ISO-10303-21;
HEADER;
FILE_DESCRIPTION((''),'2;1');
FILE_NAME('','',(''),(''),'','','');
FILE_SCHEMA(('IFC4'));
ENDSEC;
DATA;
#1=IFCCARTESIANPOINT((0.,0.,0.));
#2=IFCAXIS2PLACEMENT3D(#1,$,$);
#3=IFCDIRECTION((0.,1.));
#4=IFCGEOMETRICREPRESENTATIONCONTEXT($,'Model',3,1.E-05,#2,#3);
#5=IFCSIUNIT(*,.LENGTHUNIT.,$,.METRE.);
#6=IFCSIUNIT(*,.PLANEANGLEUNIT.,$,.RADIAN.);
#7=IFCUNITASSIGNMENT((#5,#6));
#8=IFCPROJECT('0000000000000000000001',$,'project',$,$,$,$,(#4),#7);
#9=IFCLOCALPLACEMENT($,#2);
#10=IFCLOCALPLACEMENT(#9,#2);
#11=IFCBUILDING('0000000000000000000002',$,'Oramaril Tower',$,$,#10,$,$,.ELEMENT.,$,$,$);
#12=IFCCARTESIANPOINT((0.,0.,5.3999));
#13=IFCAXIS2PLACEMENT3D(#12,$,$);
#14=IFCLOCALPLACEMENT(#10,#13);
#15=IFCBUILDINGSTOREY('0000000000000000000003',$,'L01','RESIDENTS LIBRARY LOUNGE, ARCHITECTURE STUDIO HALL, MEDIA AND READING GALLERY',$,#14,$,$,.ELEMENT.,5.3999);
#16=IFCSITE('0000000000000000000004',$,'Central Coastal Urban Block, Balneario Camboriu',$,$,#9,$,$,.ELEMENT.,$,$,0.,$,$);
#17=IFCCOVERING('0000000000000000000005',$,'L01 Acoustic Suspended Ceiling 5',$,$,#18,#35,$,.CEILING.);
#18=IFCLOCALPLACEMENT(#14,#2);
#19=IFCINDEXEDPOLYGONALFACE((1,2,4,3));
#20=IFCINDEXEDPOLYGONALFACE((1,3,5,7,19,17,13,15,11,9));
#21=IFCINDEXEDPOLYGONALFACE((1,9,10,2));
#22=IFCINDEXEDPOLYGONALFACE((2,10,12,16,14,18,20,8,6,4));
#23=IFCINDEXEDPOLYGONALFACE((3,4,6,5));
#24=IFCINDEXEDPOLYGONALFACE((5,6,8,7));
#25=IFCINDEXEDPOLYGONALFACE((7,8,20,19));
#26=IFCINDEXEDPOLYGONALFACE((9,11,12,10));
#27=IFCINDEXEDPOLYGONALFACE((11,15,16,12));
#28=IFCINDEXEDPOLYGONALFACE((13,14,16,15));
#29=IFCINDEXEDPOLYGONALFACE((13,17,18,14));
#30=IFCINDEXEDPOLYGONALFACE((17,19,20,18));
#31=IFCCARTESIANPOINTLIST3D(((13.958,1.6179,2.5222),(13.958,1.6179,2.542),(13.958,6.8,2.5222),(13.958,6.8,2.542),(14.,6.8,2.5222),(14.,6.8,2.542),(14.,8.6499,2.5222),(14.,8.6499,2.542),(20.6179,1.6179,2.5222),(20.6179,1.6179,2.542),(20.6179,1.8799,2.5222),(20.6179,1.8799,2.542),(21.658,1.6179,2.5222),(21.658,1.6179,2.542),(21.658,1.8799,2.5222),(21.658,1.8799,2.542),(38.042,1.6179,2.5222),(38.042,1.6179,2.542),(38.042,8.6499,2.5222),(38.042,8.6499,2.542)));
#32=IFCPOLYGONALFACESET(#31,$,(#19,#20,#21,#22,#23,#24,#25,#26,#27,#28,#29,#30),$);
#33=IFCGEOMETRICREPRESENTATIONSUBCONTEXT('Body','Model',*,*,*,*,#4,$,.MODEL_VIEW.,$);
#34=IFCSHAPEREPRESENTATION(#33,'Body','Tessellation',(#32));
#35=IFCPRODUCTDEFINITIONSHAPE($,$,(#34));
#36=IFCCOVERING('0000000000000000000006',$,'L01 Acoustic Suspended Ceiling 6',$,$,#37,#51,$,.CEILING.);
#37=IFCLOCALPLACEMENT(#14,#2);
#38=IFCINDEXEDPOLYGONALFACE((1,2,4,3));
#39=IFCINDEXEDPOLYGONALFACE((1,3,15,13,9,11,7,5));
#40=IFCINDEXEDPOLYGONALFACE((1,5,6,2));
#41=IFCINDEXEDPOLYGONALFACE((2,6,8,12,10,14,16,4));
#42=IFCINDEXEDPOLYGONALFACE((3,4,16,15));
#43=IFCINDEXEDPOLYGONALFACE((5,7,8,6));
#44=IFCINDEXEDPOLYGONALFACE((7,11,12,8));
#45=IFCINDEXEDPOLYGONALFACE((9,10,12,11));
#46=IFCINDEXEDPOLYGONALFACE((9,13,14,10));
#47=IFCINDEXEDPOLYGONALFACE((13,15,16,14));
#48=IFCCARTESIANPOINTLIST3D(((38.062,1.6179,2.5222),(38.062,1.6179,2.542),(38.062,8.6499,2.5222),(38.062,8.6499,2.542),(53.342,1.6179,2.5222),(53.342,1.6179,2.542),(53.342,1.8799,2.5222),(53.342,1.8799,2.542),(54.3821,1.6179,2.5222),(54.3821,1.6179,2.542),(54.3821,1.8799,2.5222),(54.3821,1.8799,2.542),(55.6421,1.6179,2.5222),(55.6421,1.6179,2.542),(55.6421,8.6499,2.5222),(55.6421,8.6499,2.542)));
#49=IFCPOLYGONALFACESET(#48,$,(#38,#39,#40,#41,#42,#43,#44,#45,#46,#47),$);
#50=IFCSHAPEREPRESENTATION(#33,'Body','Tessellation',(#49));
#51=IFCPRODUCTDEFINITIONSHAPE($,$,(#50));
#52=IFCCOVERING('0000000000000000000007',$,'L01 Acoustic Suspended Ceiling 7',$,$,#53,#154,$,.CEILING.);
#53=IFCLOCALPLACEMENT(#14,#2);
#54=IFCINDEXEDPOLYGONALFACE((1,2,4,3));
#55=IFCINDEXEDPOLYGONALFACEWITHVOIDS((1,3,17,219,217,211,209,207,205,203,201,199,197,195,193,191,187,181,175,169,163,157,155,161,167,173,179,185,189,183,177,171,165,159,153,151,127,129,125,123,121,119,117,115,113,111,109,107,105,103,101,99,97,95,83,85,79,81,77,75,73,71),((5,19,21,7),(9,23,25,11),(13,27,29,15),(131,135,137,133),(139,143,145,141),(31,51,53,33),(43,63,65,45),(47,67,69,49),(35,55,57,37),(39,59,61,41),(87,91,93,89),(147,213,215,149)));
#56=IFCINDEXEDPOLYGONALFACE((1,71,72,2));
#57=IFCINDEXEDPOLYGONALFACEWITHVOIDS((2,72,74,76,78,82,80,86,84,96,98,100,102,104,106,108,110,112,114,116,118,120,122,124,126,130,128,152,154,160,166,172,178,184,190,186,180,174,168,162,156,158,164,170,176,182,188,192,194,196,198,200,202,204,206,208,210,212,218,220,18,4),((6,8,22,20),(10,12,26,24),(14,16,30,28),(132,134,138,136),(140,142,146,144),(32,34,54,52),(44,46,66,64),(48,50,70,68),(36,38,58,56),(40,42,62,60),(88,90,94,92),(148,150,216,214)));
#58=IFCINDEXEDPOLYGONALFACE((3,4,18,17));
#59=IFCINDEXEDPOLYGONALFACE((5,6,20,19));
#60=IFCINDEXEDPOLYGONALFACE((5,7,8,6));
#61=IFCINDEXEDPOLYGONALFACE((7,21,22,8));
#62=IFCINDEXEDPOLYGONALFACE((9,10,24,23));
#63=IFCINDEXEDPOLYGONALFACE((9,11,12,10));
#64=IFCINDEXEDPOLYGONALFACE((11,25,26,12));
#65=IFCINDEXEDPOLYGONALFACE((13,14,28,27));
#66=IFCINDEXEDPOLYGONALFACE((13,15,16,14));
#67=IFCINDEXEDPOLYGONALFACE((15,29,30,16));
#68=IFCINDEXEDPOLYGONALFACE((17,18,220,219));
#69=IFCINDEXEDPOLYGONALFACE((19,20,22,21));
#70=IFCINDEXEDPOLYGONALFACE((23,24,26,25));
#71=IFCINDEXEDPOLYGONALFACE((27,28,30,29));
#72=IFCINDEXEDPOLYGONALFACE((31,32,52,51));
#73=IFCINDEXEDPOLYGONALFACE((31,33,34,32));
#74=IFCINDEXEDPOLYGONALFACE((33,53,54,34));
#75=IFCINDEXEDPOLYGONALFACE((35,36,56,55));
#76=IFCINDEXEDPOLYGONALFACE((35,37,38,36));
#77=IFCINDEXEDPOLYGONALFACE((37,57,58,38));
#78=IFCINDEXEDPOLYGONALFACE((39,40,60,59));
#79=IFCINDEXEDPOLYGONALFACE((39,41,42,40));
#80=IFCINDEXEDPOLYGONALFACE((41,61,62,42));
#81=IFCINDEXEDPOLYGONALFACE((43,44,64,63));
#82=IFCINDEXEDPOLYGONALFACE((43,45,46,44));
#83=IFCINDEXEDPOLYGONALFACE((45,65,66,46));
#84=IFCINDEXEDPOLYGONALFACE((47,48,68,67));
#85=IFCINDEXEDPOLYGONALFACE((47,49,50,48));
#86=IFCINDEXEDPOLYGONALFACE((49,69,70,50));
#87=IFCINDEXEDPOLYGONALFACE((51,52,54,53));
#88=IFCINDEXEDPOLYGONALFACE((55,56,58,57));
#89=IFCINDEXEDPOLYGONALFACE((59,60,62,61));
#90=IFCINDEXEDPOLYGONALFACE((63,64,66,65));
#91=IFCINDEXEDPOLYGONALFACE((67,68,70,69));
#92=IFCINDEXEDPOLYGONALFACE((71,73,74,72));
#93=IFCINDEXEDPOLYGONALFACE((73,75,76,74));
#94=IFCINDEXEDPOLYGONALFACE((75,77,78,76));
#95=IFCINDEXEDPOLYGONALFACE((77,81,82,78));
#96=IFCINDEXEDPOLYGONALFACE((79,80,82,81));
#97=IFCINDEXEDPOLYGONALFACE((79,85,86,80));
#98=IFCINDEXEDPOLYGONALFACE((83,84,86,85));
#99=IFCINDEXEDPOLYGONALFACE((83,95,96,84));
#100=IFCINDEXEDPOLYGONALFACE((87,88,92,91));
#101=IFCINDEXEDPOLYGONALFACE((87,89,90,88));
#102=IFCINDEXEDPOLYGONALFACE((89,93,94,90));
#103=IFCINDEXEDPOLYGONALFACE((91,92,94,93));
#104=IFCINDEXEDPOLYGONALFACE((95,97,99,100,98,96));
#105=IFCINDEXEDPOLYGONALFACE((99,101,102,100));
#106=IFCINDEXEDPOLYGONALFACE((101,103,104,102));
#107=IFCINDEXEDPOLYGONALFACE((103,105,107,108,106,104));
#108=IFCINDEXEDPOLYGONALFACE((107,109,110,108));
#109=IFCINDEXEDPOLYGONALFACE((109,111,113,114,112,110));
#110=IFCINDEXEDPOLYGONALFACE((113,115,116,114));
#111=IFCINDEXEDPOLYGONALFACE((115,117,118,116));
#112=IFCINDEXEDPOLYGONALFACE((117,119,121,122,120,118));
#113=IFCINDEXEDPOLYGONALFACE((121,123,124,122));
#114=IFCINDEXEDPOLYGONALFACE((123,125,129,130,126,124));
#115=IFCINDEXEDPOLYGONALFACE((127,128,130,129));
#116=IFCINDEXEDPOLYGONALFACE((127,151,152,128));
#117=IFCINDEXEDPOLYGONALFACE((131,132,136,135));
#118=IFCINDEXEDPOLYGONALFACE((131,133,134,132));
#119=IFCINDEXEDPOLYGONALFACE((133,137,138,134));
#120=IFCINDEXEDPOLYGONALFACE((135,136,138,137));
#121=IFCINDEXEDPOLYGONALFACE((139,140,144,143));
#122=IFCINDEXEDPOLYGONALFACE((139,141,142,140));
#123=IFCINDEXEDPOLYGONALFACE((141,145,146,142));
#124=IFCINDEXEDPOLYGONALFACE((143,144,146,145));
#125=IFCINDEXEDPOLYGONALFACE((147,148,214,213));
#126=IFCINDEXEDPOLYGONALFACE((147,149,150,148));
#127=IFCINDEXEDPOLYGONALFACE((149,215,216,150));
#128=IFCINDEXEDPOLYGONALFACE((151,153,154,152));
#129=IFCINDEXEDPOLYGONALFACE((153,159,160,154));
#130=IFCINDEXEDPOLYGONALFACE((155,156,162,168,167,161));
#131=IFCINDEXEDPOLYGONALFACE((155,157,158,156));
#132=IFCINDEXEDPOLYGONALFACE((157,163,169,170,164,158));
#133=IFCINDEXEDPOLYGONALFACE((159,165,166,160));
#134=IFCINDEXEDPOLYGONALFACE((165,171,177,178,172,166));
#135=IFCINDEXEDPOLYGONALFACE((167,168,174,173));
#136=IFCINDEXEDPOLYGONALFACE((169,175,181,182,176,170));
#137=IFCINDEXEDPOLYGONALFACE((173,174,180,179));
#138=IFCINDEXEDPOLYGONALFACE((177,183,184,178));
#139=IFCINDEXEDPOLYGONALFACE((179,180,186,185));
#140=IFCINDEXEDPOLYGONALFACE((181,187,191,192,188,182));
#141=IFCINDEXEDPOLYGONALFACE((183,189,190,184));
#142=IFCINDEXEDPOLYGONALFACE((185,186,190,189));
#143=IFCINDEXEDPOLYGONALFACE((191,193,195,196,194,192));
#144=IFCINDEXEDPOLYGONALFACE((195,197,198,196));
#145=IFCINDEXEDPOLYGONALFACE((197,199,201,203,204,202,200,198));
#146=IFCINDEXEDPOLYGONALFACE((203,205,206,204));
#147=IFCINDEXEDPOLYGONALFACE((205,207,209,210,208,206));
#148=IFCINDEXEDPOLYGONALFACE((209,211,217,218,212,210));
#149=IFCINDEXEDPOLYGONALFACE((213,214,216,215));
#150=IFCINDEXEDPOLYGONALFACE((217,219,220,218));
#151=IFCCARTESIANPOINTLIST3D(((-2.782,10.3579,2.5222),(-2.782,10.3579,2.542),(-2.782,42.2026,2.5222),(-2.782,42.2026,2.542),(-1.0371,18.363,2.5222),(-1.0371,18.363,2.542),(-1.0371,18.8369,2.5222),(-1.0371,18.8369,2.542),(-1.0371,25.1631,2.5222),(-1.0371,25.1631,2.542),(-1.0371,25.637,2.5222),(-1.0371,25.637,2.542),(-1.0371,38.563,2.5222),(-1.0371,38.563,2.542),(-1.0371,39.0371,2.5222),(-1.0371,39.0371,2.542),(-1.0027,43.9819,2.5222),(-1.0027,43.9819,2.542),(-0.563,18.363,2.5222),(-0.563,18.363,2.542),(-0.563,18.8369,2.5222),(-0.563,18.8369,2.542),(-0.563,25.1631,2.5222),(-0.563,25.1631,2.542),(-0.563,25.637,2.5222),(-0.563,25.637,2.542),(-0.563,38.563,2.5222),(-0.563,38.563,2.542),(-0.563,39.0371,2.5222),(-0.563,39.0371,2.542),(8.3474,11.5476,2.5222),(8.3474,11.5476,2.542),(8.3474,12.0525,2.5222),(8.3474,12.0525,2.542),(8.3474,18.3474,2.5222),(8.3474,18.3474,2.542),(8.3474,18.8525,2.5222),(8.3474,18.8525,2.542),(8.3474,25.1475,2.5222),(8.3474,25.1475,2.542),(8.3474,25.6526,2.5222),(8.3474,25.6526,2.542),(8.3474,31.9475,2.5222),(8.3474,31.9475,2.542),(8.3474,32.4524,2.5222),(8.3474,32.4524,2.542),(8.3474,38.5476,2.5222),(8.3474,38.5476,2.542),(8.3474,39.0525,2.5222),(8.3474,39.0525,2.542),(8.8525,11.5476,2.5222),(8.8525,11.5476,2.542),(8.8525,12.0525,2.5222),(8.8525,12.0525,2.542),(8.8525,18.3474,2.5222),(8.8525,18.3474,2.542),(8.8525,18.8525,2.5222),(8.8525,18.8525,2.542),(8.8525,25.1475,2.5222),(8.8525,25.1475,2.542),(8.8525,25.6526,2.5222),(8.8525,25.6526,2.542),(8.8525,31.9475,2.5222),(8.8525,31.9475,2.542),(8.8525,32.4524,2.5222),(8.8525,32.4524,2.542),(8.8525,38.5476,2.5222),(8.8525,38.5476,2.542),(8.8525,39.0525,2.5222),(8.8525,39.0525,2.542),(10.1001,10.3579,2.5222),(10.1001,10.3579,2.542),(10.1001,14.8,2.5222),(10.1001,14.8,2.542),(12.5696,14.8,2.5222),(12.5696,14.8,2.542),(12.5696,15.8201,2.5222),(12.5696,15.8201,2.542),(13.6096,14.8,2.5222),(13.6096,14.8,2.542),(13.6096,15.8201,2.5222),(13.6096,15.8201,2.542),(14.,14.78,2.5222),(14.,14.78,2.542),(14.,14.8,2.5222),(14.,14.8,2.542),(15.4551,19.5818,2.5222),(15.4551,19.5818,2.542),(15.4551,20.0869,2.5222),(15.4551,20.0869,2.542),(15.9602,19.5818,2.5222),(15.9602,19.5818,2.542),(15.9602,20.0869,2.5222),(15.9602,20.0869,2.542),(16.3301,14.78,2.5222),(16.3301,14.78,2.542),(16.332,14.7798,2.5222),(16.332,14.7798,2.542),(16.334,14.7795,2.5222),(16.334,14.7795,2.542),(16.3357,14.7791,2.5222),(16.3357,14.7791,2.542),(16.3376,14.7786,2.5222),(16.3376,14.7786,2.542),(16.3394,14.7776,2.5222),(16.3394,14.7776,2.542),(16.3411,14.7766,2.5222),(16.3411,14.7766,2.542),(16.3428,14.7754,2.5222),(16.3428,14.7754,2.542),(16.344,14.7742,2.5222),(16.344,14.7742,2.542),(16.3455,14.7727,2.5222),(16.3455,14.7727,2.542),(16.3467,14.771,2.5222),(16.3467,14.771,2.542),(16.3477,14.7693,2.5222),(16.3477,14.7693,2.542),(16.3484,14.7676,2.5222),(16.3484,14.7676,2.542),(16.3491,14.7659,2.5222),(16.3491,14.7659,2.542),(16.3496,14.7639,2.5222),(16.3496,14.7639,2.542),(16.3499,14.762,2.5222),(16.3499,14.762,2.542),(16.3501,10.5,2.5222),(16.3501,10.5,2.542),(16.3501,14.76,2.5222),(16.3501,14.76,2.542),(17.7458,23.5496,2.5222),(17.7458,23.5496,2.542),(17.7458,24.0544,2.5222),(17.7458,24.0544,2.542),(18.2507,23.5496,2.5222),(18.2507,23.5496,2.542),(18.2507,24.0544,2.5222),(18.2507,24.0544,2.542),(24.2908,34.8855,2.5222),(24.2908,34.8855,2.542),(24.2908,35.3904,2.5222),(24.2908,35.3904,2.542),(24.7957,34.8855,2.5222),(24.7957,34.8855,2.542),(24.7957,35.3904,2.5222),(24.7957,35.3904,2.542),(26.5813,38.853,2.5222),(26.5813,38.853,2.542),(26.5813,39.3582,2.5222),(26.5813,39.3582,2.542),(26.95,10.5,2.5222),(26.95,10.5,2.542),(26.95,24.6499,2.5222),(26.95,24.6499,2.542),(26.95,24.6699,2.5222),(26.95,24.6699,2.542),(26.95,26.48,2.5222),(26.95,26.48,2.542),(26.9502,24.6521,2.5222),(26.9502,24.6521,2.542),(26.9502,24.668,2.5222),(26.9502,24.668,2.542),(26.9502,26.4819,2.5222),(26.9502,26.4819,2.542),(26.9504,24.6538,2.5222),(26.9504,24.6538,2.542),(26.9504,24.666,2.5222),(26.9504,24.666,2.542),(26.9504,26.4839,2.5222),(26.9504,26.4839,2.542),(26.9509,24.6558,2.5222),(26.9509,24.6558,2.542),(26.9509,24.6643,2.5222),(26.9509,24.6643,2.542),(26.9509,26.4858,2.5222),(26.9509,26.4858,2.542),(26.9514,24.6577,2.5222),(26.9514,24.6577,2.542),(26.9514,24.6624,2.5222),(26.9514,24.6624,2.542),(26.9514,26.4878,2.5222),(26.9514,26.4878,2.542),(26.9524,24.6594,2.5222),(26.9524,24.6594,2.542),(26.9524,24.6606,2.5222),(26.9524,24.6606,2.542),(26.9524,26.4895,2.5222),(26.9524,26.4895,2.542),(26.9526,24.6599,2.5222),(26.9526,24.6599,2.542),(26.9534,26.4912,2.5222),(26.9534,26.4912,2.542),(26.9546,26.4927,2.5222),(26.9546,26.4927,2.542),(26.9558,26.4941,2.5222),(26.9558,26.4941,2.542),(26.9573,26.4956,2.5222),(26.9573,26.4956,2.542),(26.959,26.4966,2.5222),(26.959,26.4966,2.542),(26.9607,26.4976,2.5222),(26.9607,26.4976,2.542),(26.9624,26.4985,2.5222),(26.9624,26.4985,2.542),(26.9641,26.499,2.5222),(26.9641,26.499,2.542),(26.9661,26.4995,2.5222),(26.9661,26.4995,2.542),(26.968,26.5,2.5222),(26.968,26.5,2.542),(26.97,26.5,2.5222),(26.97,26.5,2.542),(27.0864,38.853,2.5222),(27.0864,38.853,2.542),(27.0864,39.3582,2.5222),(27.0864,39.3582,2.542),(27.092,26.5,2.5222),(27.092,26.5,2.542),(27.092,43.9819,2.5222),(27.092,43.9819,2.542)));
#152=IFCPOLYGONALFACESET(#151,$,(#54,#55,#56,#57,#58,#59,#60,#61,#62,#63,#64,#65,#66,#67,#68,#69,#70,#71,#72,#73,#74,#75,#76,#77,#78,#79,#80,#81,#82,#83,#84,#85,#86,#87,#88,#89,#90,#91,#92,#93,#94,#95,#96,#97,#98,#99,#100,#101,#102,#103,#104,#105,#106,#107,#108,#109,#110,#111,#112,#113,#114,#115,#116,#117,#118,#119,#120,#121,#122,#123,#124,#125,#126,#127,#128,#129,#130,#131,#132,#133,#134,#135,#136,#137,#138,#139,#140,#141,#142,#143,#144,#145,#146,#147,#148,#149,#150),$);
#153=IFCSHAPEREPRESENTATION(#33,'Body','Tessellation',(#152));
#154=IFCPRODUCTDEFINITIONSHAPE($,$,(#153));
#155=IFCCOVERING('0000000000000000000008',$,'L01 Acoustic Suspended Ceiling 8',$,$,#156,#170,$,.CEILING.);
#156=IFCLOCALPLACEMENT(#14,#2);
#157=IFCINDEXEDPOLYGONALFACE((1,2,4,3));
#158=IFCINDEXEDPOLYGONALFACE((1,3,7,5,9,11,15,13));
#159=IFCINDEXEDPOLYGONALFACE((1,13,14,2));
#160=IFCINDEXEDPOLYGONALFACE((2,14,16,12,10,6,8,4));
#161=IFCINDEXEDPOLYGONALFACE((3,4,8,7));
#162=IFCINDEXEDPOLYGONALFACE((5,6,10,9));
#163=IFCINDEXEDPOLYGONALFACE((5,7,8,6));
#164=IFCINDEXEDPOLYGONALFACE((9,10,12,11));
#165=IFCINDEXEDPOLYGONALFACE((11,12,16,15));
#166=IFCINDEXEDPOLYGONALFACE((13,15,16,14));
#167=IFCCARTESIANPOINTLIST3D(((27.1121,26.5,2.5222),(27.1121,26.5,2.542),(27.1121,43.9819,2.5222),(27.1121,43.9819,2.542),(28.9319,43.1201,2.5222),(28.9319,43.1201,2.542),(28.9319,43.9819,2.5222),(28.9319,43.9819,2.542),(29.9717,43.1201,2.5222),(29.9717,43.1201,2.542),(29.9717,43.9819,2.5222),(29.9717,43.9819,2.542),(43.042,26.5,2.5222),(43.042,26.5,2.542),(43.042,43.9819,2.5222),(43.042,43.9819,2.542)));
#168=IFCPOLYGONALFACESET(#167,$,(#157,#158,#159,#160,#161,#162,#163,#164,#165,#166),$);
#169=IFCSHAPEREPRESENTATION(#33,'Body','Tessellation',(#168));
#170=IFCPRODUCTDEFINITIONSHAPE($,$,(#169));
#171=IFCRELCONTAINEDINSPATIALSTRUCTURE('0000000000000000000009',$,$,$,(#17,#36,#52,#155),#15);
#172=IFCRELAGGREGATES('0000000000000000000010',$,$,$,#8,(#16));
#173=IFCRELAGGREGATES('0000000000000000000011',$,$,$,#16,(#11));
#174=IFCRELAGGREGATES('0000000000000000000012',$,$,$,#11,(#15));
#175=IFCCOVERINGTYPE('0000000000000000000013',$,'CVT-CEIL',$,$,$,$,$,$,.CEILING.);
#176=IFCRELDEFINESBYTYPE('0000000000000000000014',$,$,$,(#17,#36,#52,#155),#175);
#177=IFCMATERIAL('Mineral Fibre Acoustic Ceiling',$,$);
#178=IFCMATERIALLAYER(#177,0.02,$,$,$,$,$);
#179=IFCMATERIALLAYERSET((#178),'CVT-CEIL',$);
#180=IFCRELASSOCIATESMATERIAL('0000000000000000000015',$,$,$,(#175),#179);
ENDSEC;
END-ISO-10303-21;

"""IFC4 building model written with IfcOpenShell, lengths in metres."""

from ifc_helpers import new_model, si_unit, direction, frame, origin, place, context, subcontext, project, spatial, polyline, outline, extrude, material, layer, layer_set, type_object, element, save


model = new_model("IFC4")

# Units and contexts
model_context = context("Model", 3, precision=1e-05, world=origin(), true_north=direction((0.0, 1.0)))
body_context = subcontext(model_context, "Body", "Model", "MODEL_VIEW")
ifc_project = project(units=[si_unit("LENGTHUNIT", "METRE"), si_unit("PLANEANGLEUNIT", "RADIAN")], contexts=[model_context])

# Site, building, storey
site_placement = place(None, origin())
site = spatial("IfcSite", under=ifc_project, at=site_placement, Name="Central Coastal Urban Block, Balneario Camboriu", CompositionType="ELEMENT", RefElevation=0.0)
building_placement = place(site_placement, origin())
building = spatial("IfcBuilding", under=site, at=building_placement, Name="Oramaril Tower", CompositionType="ELEMENT")
storey_placement = place(building_placement, frame((0.0, 0.0, 5.3999)))
storey = spatial("IfcBuildingStorey", under=building, at=storey_placement, Name="L01", Description="RESIDENTS LIBRARY LOUNGE, ARCHITECTURE STUDIO HALL, MEDIA AND READING GALLERY", CompositionType="ELEMENT", Elevation=5.3999)

# Coverings
ifc_material_1 = material(Name="Mineral Fibre Acoustic Ceiling")
ifc_layer_1 = layer(ifc_material_1, 0.02)
ifc_layer_set_1 = layer_set([ifc_layer_1], Name="CVT-CEIL")
covering_type_1 = type_object("IfcCoveringType", Name="CVT-CEIL", PredefinedType="CEILING", material=ifc_layer_set_1)
covering_1_placement = place(storey_placement, frame((0.0, 0.0, 2.5222)))
element("IfcCovering", 1, at=covering_1_placement, inside=storey, type_object=covering_type_1, Name="L01 Acoustic Suspended Ceiling 5", PredefinedType="CEILING", context=body_context, shape_type="SweptSolid", body=[
    extrude(outline(polyline([(14.0, 6.8), (14.0, 8.6499), (38.042, 8.6499), (38.042, 1.6179), (21.658, 1.6179), (21.658, 1.8799), (20.6179, 1.8799), (20.6179, 1.6179), (13.958, 1.6179), (13.958, 6.8), (14.0, 6.8)])), origin(), (0.0, 0.0, 1.0), 0.0198),
])
covering_2_placement = place(storey_placement, frame((0.0, 0.0, 2.5222)))
element("IfcCovering", 2, at=covering_2_placement, inside=storey, type_object=covering_type_1, Name="L01 Acoustic Suspended Ceiling 6", PredefinedType="CEILING", context=body_context, shape_type="SweptSolid", body=[
    extrude(outline(polyline([(55.6421, 1.6179), (54.3821, 1.6179), (54.3821, 1.8799), (53.342, 1.8799), (53.342, 1.6179), (38.062, 1.6179), (38.062, 8.6499), (55.6421, 8.6499), (55.6421, 1.6179)])), origin(), (0.0, 0.0, 1.0), 0.0198),
])
covering_3_placement = place(storey_placement, frame((0.0, 0.0, 2.5222)))
element("IfcCovering", 3, at=covering_3_placement, inside=storey, type_object=covering_type_1, Name="L01 Acoustic Suspended Ceiling 7", PredefinedType="CEILING", context=body_context, shape_type="SweptSolid", body=[
    extrude(outline(polyline([(14.0, 14.8), (13.6096, 14.8), (13.6096, 15.8201), (12.5696, 15.8201), (12.5696, 14.8), (10.1001, 14.8), (10.1001, 10.3579), (-2.782, 10.3579), (-2.782, 42.2026), (-1.0027, 43.9819), (27.092, 43.9819), (27.092, 26.5), (26.97, 26.5), (26.968, 26.5), (26.9661, 26.4995), (26.9641, 26.499), (26.9624, 26.4985), (26.9607, 26.4976), (26.959, 26.4966), (26.9573, 26.4956), (26.9558, 26.4941), (26.9546, 26.4927), (26.9534, 26.4912), (26.9524, 26.4895), (26.9514, 26.4878), (26.9509, 26.4858), (26.9504, 26.4839), (26.9502, 26.4819), (26.95, 26.48), (26.95, 24.6699), (26.9502, 24.668), (26.9504, 24.666), (26.9509, 24.6643), (26.9514, 24.6624), (26.9524, 24.6606), (26.9526, 24.6599), (26.9524, 24.6594), (26.9514, 24.6577), (26.9509, 24.6558), (26.9504, 24.6538), (26.9502, 24.6521), (26.95, 24.6499), (26.95, 10.5), (16.3501, 10.5), (16.3501, 14.76), (16.3499, 14.762), (16.3496, 14.7639), (16.3491, 14.7659), (16.3484, 14.7676), (16.3477, 14.7693), (16.3467, 14.771), (16.3455, 14.7727), (16.344, 14.7742), (16.3428, 14.7754), (16.3411, 14.7766), (16.3394, 14.7776), (16.3376, 14.7786), (16.3357, 14.7791), (16.334, 14.7795), (16.332, 14.7798), (16.3301, 14.78), (14.0, 14.78), (14.0, 14.8)]), holes=[polyline([(8.8525, 11.5476), (8.8525, 12.0525), (8.3474, 12.0525), (8.3474, 11.5476), (8.8525, 11.5476)]), polyline([(-0.563, 18.363), (-0.563, 18.8369), (-1.0371, 18.8369), (-1.0371, 18.363), (-0.563, 18.363)]), polyline([(8.8525, 18.3474), (8.8525, 18.8525), (8.3474, 18.8525), (8.3474, 18.3474), (8.8525, 18.3474)]), polyline([(15.9602, 20.0869), (15.4551, 20.0869), (15.4551, 19.5818), (15.9602, 19.5818), (15.9602, 20.0869)]), polyline([(18.2507, 23.5496), (18.2507, 24.0544), (17.7458, 24.0544), (17.7458, 23.5496), (18.2507, 23.5496)]), polyline([(-0.563, 25.1631), (-0.563, 25.637), (-1.0371, 25.637), (-1.0371, 25.1631), (-0.563, 25.1631)]), polyline([(8.8525, 25.6526), (8.3474, 25.6526), (8.3474, 25.1475), (8.8525, 25.1475), (8.8525, 25.6526)]), polyline([(8.8525, 31.9475), (8.8525, 32.4524), (8.3474, 32.4524), (8.3474, 31.9475), (8.8525, 31.9475)]), polyline([(24.7957, 34.8855), (24.7957, 35.3904), (24.2908, 35.3904), (24.2908, 34.8855), (24.7957, 34.8855)]), polyline([(8.8525, 39.0525), (8.3474, 39.0525), (8.3474, 38.5476), (8.8525, 38.5476), (8.8525, 39.0525)]), polyline([(-0.563, 38.563), (-0.563, 39.0371), (-1.0371, 39.0371), (-1.0371, 38.563), (-0.563, 38.563)]), polyline([(27.0864, 38.853), (27.0864, 39.3582), (26.5813, 39.3582), (26.5813, 38.853), (27.0864, 38.853)])]), origin(), (0.0, 0.0, 1.0), 0.0198),
])
covering_4_placement = place(storey_placement, frame((0.0, 0.0, 2.5222)))
element("IfcCovering", 4, at=covering_4_placement, inside=storey, type_object=covering_type_1, Name="L01 Acoustic Suspended Ceiling 8", PredefinedType="CEILING", context=body_context, shape_type="SweptSolid", body=[
    extrude(outline(polyline([(28.9319, 43.9819), (28.9319, 43.1201), (29.9717, 43.1201), (29.9717, 43.9819), (43.042, 43.9819), (43.042, 26.5), (27.1121, 26.5), (27.1121, 43.9819), (28.9319, 43.9819)])), origin(), (0.0, 0.0, 1.0), 0.0198),
])

save(model, "model.ifc")
